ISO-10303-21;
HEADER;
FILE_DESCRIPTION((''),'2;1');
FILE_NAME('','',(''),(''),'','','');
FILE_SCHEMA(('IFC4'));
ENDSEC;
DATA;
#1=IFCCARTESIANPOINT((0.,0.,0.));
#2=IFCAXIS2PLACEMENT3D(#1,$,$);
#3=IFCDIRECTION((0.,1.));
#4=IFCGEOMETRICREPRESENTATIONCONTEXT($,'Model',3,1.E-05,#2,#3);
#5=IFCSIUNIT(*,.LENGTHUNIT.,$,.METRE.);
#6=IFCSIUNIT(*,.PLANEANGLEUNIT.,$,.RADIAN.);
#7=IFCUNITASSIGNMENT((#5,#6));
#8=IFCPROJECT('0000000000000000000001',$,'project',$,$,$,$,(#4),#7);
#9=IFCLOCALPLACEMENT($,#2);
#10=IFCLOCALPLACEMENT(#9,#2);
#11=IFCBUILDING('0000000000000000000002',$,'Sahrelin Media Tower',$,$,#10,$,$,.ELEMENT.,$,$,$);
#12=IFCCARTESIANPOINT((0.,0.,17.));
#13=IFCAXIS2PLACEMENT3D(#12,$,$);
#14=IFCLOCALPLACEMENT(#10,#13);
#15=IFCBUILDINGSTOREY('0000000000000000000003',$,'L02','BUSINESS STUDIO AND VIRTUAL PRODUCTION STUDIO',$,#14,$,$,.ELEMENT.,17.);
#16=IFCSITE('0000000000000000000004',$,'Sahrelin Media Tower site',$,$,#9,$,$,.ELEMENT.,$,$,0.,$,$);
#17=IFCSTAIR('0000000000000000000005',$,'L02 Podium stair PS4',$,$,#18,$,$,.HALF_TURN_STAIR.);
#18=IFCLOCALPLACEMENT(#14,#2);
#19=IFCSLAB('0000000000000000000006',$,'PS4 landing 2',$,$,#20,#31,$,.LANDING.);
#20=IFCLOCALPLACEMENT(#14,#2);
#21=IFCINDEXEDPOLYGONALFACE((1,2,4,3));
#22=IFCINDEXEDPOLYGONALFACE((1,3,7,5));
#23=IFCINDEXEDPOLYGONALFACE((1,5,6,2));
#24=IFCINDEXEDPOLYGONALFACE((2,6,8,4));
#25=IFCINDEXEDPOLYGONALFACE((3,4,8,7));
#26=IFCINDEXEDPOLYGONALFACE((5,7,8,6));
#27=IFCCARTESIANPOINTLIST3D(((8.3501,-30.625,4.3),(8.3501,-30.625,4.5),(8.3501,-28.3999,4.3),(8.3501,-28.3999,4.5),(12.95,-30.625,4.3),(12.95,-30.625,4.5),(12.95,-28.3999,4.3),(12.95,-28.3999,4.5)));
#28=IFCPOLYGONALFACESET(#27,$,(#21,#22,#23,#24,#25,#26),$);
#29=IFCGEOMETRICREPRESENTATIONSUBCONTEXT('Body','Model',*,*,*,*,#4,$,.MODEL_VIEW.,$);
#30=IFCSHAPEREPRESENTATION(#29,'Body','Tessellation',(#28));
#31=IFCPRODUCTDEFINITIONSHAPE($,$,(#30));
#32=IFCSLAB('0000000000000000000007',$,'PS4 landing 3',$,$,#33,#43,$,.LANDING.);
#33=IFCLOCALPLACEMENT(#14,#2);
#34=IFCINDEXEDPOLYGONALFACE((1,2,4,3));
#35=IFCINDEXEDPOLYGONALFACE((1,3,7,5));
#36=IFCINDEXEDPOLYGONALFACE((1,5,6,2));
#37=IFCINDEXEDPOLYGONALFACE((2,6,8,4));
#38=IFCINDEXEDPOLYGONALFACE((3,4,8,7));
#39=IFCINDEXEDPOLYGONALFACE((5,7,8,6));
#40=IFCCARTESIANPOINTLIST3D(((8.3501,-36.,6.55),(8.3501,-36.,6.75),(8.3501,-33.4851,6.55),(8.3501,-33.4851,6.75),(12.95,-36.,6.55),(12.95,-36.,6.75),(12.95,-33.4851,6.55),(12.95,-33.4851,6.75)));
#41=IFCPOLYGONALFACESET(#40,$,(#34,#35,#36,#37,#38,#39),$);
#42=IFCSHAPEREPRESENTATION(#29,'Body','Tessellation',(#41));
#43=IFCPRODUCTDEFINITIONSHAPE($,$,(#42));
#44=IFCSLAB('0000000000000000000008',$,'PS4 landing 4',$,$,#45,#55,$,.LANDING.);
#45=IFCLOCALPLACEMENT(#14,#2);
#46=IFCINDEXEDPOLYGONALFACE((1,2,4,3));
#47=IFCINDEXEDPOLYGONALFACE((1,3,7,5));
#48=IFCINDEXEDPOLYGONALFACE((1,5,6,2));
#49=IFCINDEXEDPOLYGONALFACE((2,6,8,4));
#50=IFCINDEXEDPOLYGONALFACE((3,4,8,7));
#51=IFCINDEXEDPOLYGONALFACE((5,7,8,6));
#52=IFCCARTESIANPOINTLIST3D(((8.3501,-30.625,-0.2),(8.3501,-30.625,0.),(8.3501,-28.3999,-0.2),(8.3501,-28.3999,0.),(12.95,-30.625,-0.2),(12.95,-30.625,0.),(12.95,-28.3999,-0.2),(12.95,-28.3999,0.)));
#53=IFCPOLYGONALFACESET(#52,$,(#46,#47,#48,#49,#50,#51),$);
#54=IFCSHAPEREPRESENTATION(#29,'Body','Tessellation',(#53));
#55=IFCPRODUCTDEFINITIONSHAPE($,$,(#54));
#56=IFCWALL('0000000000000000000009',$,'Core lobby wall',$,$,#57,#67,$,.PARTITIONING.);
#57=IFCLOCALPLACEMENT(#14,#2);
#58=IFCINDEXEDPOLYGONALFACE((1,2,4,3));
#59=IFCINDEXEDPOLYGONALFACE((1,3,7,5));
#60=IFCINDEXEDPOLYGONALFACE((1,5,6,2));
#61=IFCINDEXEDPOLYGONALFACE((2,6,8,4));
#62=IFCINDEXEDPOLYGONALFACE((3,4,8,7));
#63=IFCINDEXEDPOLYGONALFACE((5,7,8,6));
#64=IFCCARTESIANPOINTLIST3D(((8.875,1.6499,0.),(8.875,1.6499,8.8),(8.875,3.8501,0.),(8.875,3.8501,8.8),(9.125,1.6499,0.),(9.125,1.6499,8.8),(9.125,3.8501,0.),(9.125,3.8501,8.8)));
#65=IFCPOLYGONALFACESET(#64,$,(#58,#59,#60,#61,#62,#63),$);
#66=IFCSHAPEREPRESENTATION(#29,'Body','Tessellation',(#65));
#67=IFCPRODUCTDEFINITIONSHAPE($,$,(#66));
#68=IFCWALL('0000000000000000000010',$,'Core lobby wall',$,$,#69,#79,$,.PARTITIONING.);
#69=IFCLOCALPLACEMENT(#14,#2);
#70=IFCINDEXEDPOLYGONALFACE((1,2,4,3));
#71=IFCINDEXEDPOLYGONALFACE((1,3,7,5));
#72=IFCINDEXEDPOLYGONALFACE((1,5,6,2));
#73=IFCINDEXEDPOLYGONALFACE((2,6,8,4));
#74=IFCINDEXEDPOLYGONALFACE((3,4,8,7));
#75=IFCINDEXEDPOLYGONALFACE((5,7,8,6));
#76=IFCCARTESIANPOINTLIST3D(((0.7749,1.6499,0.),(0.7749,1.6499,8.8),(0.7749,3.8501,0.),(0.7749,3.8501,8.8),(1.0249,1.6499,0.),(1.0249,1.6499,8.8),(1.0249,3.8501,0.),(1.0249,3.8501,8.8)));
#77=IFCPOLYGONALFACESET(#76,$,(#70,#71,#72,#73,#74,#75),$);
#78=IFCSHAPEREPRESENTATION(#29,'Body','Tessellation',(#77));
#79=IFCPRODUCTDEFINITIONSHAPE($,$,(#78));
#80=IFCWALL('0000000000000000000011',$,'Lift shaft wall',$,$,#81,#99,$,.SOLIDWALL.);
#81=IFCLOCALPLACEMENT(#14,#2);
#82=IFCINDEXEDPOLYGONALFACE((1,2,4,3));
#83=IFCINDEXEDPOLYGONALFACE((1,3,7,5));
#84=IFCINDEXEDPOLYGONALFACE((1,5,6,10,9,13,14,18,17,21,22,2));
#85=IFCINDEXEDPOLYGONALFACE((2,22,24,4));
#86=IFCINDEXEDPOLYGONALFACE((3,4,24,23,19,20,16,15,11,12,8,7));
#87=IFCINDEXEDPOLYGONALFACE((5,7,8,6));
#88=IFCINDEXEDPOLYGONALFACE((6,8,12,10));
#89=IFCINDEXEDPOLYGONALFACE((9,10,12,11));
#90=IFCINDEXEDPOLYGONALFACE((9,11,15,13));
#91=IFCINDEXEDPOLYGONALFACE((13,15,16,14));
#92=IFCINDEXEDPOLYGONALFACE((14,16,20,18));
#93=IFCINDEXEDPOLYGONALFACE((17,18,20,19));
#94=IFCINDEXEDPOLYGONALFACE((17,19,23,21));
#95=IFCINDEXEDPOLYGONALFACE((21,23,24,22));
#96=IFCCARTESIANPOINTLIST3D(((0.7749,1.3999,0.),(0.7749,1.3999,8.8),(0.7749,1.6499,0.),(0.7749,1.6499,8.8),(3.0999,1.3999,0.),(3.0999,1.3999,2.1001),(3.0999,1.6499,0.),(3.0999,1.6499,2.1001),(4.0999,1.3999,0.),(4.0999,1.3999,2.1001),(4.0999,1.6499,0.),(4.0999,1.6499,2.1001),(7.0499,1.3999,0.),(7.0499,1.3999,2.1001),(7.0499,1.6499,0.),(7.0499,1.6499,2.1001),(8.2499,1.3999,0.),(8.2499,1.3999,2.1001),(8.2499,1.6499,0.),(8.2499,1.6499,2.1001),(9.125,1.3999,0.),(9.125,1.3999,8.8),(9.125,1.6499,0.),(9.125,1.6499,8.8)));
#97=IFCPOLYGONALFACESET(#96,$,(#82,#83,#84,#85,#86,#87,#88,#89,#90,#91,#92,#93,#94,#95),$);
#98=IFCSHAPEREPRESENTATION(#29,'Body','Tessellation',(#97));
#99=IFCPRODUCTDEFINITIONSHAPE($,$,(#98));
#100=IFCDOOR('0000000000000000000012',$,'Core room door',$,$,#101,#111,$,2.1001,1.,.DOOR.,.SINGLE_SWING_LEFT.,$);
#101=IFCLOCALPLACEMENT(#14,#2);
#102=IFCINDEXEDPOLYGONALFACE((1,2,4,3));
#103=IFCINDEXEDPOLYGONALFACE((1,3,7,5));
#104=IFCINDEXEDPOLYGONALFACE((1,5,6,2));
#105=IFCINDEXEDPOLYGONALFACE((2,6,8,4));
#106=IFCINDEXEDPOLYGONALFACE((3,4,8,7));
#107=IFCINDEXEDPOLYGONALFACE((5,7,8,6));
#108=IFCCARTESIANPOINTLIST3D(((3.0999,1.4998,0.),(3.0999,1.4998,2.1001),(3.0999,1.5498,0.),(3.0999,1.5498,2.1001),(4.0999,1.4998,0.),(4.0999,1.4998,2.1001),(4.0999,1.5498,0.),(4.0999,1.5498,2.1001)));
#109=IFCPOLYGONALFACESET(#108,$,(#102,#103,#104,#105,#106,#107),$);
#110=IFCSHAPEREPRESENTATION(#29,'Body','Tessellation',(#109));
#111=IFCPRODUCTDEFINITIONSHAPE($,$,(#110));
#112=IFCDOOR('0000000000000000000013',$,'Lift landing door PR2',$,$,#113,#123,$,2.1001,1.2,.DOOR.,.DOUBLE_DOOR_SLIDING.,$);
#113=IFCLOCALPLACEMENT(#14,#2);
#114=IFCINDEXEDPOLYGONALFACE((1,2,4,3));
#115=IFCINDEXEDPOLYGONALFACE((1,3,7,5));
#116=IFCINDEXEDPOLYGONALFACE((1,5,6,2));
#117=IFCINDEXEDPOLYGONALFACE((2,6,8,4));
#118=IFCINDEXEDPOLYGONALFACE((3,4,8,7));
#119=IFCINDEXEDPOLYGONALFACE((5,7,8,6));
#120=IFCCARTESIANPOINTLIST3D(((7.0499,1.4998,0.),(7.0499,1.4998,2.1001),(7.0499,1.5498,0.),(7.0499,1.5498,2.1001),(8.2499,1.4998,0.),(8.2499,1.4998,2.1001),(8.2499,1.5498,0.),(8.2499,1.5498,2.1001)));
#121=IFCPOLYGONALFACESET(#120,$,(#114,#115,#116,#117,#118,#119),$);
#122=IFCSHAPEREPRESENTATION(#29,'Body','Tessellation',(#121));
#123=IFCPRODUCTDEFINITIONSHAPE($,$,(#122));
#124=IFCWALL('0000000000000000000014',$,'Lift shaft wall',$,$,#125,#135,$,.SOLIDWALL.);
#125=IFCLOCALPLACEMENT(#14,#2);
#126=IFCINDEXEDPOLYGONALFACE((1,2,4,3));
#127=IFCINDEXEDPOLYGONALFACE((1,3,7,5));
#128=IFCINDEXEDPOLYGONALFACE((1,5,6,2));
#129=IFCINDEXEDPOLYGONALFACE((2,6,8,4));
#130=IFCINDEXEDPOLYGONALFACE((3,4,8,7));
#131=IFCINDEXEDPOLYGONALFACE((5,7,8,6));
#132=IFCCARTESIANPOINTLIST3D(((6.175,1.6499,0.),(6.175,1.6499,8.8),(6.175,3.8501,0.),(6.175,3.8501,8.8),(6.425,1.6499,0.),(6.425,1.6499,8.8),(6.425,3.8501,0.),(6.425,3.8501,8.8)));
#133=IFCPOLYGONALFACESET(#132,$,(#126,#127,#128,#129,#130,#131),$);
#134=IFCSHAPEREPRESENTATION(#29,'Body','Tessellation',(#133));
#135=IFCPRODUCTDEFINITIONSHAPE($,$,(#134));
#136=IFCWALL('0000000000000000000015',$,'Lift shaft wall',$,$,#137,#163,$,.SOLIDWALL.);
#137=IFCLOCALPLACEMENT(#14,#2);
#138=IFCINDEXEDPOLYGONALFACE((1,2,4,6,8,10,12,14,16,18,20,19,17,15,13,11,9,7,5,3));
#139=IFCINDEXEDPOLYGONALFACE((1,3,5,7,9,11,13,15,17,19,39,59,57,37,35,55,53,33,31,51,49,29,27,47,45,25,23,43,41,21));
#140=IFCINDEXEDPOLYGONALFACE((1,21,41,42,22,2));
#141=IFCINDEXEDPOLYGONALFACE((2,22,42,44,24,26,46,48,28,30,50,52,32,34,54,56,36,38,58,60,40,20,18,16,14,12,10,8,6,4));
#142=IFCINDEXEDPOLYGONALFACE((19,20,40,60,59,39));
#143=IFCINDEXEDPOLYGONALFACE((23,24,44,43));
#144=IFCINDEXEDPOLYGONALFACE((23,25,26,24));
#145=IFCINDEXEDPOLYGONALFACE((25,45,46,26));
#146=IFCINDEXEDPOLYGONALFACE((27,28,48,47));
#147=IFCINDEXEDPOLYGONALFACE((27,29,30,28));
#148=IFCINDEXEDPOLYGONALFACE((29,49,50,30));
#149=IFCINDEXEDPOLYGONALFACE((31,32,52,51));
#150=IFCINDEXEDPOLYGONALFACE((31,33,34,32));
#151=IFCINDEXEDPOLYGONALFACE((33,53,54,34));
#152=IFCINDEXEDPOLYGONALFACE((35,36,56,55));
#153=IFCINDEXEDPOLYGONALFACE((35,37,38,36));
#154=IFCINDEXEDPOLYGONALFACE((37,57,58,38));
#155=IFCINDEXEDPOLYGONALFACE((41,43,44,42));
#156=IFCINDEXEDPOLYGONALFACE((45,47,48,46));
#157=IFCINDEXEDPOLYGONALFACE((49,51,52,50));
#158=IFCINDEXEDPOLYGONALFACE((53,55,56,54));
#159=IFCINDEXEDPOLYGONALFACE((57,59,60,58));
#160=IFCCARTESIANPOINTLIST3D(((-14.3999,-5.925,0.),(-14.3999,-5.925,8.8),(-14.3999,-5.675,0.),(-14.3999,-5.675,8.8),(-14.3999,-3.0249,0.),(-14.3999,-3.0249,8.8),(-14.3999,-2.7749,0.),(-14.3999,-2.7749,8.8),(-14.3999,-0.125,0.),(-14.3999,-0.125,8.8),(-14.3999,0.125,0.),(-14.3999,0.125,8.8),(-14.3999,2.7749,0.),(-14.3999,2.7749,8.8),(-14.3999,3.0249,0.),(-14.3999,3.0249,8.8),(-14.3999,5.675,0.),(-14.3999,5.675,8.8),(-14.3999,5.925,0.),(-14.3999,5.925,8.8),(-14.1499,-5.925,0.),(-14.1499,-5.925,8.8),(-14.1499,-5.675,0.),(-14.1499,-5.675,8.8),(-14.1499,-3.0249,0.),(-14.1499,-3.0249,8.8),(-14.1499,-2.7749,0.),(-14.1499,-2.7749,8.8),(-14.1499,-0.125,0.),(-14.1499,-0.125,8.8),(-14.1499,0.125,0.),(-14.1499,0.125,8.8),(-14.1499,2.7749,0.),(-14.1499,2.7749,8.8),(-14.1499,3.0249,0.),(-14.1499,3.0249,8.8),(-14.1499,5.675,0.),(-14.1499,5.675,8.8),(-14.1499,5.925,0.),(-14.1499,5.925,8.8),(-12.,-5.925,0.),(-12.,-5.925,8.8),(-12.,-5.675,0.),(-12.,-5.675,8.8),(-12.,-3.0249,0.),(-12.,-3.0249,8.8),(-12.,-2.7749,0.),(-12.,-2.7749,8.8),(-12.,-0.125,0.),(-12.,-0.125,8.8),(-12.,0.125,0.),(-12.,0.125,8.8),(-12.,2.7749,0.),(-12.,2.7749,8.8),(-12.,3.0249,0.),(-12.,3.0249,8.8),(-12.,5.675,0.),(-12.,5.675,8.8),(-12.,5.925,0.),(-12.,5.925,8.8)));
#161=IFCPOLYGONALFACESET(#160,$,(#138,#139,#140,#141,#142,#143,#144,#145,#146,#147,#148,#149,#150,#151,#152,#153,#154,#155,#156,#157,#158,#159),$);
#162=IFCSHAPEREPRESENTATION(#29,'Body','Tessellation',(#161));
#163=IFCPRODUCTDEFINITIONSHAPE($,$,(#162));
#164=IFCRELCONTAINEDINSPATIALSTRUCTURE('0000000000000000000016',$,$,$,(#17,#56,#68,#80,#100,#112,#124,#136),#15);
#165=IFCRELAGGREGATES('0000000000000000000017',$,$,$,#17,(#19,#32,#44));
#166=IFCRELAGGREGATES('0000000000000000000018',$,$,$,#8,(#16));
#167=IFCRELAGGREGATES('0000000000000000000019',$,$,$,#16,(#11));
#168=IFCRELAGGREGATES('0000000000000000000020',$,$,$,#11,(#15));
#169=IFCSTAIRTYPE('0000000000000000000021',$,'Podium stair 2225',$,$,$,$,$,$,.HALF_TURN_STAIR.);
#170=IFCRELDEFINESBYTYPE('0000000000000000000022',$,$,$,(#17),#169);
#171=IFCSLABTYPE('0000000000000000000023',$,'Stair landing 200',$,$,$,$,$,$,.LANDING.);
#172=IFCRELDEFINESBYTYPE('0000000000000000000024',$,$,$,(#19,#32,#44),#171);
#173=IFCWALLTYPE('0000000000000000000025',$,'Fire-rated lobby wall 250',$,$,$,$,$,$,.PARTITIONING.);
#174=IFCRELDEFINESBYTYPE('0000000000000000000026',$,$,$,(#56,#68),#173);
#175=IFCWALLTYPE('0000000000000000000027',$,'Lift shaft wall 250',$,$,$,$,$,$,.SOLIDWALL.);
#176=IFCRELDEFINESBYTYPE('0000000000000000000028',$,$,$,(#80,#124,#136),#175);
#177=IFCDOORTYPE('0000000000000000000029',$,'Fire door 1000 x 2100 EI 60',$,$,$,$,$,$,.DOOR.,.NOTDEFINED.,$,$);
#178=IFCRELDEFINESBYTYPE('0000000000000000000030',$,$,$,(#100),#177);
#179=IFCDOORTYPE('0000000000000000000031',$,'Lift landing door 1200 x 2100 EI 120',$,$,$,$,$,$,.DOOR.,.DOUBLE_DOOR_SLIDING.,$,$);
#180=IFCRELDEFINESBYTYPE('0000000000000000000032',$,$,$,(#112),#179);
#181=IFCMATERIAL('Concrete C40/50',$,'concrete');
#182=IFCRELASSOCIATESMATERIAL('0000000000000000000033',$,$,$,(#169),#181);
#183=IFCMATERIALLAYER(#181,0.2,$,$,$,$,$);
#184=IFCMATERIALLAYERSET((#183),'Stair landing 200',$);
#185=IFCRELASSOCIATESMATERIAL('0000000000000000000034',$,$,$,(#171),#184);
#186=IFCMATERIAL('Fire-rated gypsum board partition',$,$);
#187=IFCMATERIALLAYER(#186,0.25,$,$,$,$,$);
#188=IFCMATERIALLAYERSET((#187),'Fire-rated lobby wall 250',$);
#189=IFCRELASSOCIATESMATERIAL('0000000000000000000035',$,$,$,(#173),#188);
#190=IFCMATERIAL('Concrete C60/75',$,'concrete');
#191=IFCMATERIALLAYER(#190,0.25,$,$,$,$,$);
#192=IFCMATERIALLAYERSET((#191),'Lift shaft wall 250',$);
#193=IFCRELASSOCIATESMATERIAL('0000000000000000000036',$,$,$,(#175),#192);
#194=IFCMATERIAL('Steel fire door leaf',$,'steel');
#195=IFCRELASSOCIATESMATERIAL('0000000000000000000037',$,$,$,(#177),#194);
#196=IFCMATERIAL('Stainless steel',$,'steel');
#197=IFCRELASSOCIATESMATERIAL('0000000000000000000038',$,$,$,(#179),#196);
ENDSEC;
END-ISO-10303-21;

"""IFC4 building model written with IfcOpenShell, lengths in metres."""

from ifc_helpers import new_model, si_unit, direction, frame, frame_2d, origin, place, context, subcontext, project, spatial, polyline, rectangle, outline, extrude, material, layer, layer_set, type_object, element, fill, aggregate, save


model = new_model("IFC4")

# Units and contexts
model_context = context("Model", 3, precision=1e-05, world=origin(), true_north=direction((0.0, 1.0)))
body_context = subcontext(model_context, "Body", "Model", "MODEL_VIEW")
ifc_project = project(units=[si_unit("LENGTHUNIT", "METRE"), si_unit("PLANEANGLEUNIT", "RADIAN")], contexts=[model_context])

# Site, building, storey
site_placement = place(None, origin())
site = spatial("IfcSite", under=ifc_project, at=site_placement, Name="Sahrelin Media Tower site", CompositionType="ELEMENT", RefElevation=0.0)
building_placement = place(site_placement, origin())
building = spatial("IfcBuilding", under=site, at=building_placement, Name="Sahrelin Media Tower", CompositionType="ELEMENT")
storey_placement = place(building_placement, frame((0.0, 0.0, 17.0)))
storey = spatial("IfcBuildingStorey", under=building, at=storey_placement, Name="L02", Description="BUSINESS STUDIO AND VIRTUAL PRODUCTION STUDIO", CompositionType="ELEMENT", Elevation=17.0)

# Shared definitions
ifc_material_1 = material(Name="Concrete C40/50", Category="concrete")
placement_1 = place(storey_placement, frame((0.0, 0.0, -0.2)))

# Stair, slabs
stair_type = type_object("IfcStairType", Name="Podium stair 2225", PredefinedType="HALF_TURN_STAIR", material=ifc_material_1)
placement_2 = place(storey_placement, origin())
ifc_layer_1 = layer(ifc_material_1, 0.2)
ifc_layer_set_1 = layer_set([ifc_layer_1], Name="Stair landing 200")
slab_type_1 = type_object("IfcSlabType", Name="Stair landing 200", PredefinedType="LANDING", material=ifc_layer_set_1)
placement_3 = place(storey_placement, frame((0.0, 0.0, 4.3)))
placement_4 = place(storey_placement, frame((0.0, 0.0, 6.55)))
stair_1 = element("IfcStair", 1, at=placement_2, inside=storey, type_object=stair_type, Name="L02 Podium stair PS4", PredefinedType="HALF_TURN_STAIR")
slab_1 = element("IfcSlab", 2, at=placement_3, type_object=slab_type_1, Name="PS4 landing 2", PredefinedType="LANDING", context=body_context, shape_type="SweptSolid", body=[
    extrude(outline(polyline([(8.3501, -28.3999), (8.3501, -30.625), (12.95, -30.625), (12.95, -28.3999), (8.3501, -28.3999)])), origin(), (0.0, 0.0, 1.0), 0.2),
])
slab_2 = element("IfcSlab", 3, at=placement_4, type_object=slab_type_1, Name="PS4 landing 3", PredefinedType="LANDING", context=body_context, shape_type="SweptSolid", body=[
    extrude(outline(polyline([(8.3501, -33.4851), (8.3501, -36.0), (12.95, -36.0), (12.95, -33.4851), (8.3501, -33.4851)])), origin(), (0.0, 0.0, 1.0), 0.2),
])
slab_3 = element("IfcSlab", 4, at=placement_1, type_object=slab_type_1, Name="PS4 landing 4", PredefinedType="LANDING", context=body_context, shape_type="SweptSolid", body=[
    extrude(outline(polyline([(8.3501, -28.3999), (8.3501, -30.625), (12.95, -30.625), (12.95, -28.3999), (8.3501, -28.3999)])), origin(), (0.0, 0.0, 1.0), 0.2),
])
aggregate(stair_1, [slab_1, slab_2, slab_3])

# Walls
ifc_material_2 = material(Name="Fire-rated gypsum board partition")
ifc_layer_2 = layer(ifc_material_2, 0.25)
ifc_layer_set_2 = layer_set([ifc_layer_2], Name="Fire-rated lobby wall 250")
wall_type_1 = type_object("IfcWallType", Name="Fire-rated lobby wall 250", PredefinedType="PARTITIONING", material=ifc_layer_set_2)
for number, where, z_axis, x_axis, name in (
    (5, (9.0, 1.6499, 0.0), (0.0, 0.0, 1.0), (0.0, 1.0, 0.0), "Core lobby wall"),
    (6, (0.8999, 1.6499, 0.0), (0.0, 0.0, 1.0), (0.0, 1.0, 0.0), "Core lobby wall"),
):
    element("IfcWall", number, at=place(storey_placement, frame(where, z_axis=z_axis, x_axis=x_axis)), inside=storey, type_object=wall_type_1, Name=name, PredefinedType="PARTITIONING", context=body_context, shape_type="SweptSolid", body=[
        extrude(rectangle(XDim=2.2002, YDim=0.25, at=frame_2d((1.1001, 0.0))), origin(), (0.0, 0.0, 1.0), 8.8),
    ])

# Wall, openings, doors
ifc_material_3 = material(Name="Concrete C60/75", Category="concrete")
ifc_layer_3 = layer(ifc_material_3, 0.25)
ifc_layer_set_3 = layer_set([ifc_layer_3], Name="Lift shaft wall 250")
wall_type_2 = type_object("IfcWallType", Name="Lift shaft wall 250", PredefinedType="SOLIDWALL", material=ifc_layer_set_3)
wall_1_placement = place(storey_placement, frame((0.7749, 1.5249, 0.0), z_axis=(0.0, 0.0, 1.0), x_axis=(1.0, 0.0, 0.0)))
wall_1 = element("IfcWall", 7, at=wall_1_placement, inside=storey, type_object=wall_type_2, Name="Lift shaft wall", PredefinedType="SOLIDWALL", context=body_context, shape_type="SweptSolid", body=[
    extrude(rectangle(XDim=8.3501, YDim=0.25, at=frame_2d((4.175, 0.0))), origin(), (0.0, 0.0, 1.0), 8.8),
])
opening_1_placement = place(wall_1_placement, frame((6.2749, 0.0, 0.0)))
opening_1 = element("IfcOpeningElement", 8, at=opening_1_placement, cuts=wall_1, PredefinedType="OPENING", context=body_context, shape_type="SweptSolid", body=[
    extrude(rectangle(XDim=1.2, YDim=2.1001, at=frame_2d((0.6001, 1.05))), frame((0.0, 0.125, 0.0), z_axis=(0.0, -1.0, 0.0), x_axis=(1.0, 0.0, 0.0)), (0.0, 0.0, 1.0), 0.25),
])
opening_2_placement = place(wall_1_placement, frame((2.325, 0.0, 0.0)))
opening_2 = element("IfcOpeningElement", 9, at=opening_2_placement, cuts=wall_1, PredefinedType="OPENING", context=body_context, shape_type="SweptSolid", body=[
    extrude(rectangle(XDim=1.0, YDim=2.1001, at=frame_2d((0.5, 1.05))), frame((0.0, 0.125, 0.0), z_axis=(0.0, -1.0, 0.0), x_axis=(1.0, 0.0, 0.0)), (0.0, 0.0, 1.0), 0.25),
])
ifc_material_4 = material(Name="Steel fire door leaf", Category="steel")
door_type_1 = type_object("IfcDoorType", Name="Fire door 1000 x 2100 EI 60", OperationType="NOTDEFINED", PredefinedType="DOOR", material=ifc_material_4)
door_1_placement = place(opening_2_placement, origin())
door_1 = element("IfcDoor", 10, at=door_1_placement, inside=storey, type_object=door_type_1, Name="Core room door", OperationType="SINGLE_SWING_LEFT", OverallHeight=2.1001, OverallWidth=1.0, PredefinedType="DOOR", context=body_context, shape_type="SweptSolid", body=[
    extrude(rectangle(XDim=1.0, YDim=2.1001, at=frame_2d((0.5, 1.05))), frame((0.0, 0.0249, 0.0), z_axis=(0.0, -1.0, 0.0), x_axis=(1.0, 0.0, 0.0)), (0.0, 0.0, 1.0), 0.05),
])
fill(opening_2, door_1)
ifc_material_5 = material(Name="Stainless steel", Category="steel")
door_type_2 = type_object("IfcDoorType", Name="Lift landing door 1200 x 2100 EI 120", OperationType="DOUBLE_DOOR_SLIDING", PredefinedType="DOOR", material=ifc_material_5)
door_2_placement = place(opening_1_placement, origin())
door_2 = element("IfcDoor", 11, at=door_2_placement, inside=storey, type_object=door_type_2, Name="Lift landing door PR2", OperationType="DOUBLE_DOOR_SLIDING", OverallHeight=2.1001, OverallWidth=1.2, PredefinedType="DOOR", context=body_context, shape_type="SweptSolid", body=[
    extrude(rectangle(XDim=1.2, YDim=2.1001, at=frame_2d((0.6001, 1.05))), frame((0.0, 0.0249, 0.0), z_axis=(0.0, -1.0, 0.0), x_axis=(1.0, 0.0, 0.0)), (0.0, 0.0, 1.0), 0.05),
])
fill(opening_1, door_2)

# Walls
wall_2_placement = place(storey_placement, frame((6.3, 1.6499, 0.0), z_axis=(0.0, 0.0, 1.0), x_axis=(0.0, 1.0, 0.0)))
element("IfcWall", 12, at=wall_2_placement, inside=storey, type_object=wall_type_2, Name="Lift shaft wall", PredefinedType="SOLIDWALL", context=body_context, shape_type="SweptSolid", body=[
    extrude(rectangle(XDim=2.2002, YDim=0.25, at=frame_2d((1.1001, 0.0))), origin(), (0.0, 0.0, 1.0), 8.8),
])
element("IfcWall", 13, at=placement_2, inside=storey, type_object=wall_type_2, Name="Lift shaft wall", PredefinedType="SOLIDWALL", context=body_context, shape_type="SweptSolid", body=[
    extrude(outline(polyline([(-12.0, -5.925), (-12.0, -5.675), (-14.1499, -5.675), (-14.1499, -3.0249), (-12.0, -3.0249), (-12.0, -2.7749), (-14.1499, -2.7749), (-14.1499, -0.125), (-12.0, -0.125), (-12.0, 0.125), (-14.1499, 0.125), (-14.1499, 2.7749), (-12.0, 2.7749), (-12.0, 3.0249), (-14.1499, 3.0249), (-14.1499, 5.675), (-12.0, 5.675), (-12.0, 5.925), (-14.1499, 5.925), (-14.3999, 5.925), (-14.3999, 5.675), (-14.3999, 3.0249), (-14.3999, 2.7749), (-14.3999, 0.125), (-14.3999, -0.125), (-14.3999, -2.7749), (-14.3999, -3.0249), (-14.3999, -5.675), (-14.3999, -5.925), (-14.1499, -5.925), (-12.0, -5.925)])), origin(), (0.0, 0.0, 1.0), 8.8),
])

save(model, "model.ifc")
